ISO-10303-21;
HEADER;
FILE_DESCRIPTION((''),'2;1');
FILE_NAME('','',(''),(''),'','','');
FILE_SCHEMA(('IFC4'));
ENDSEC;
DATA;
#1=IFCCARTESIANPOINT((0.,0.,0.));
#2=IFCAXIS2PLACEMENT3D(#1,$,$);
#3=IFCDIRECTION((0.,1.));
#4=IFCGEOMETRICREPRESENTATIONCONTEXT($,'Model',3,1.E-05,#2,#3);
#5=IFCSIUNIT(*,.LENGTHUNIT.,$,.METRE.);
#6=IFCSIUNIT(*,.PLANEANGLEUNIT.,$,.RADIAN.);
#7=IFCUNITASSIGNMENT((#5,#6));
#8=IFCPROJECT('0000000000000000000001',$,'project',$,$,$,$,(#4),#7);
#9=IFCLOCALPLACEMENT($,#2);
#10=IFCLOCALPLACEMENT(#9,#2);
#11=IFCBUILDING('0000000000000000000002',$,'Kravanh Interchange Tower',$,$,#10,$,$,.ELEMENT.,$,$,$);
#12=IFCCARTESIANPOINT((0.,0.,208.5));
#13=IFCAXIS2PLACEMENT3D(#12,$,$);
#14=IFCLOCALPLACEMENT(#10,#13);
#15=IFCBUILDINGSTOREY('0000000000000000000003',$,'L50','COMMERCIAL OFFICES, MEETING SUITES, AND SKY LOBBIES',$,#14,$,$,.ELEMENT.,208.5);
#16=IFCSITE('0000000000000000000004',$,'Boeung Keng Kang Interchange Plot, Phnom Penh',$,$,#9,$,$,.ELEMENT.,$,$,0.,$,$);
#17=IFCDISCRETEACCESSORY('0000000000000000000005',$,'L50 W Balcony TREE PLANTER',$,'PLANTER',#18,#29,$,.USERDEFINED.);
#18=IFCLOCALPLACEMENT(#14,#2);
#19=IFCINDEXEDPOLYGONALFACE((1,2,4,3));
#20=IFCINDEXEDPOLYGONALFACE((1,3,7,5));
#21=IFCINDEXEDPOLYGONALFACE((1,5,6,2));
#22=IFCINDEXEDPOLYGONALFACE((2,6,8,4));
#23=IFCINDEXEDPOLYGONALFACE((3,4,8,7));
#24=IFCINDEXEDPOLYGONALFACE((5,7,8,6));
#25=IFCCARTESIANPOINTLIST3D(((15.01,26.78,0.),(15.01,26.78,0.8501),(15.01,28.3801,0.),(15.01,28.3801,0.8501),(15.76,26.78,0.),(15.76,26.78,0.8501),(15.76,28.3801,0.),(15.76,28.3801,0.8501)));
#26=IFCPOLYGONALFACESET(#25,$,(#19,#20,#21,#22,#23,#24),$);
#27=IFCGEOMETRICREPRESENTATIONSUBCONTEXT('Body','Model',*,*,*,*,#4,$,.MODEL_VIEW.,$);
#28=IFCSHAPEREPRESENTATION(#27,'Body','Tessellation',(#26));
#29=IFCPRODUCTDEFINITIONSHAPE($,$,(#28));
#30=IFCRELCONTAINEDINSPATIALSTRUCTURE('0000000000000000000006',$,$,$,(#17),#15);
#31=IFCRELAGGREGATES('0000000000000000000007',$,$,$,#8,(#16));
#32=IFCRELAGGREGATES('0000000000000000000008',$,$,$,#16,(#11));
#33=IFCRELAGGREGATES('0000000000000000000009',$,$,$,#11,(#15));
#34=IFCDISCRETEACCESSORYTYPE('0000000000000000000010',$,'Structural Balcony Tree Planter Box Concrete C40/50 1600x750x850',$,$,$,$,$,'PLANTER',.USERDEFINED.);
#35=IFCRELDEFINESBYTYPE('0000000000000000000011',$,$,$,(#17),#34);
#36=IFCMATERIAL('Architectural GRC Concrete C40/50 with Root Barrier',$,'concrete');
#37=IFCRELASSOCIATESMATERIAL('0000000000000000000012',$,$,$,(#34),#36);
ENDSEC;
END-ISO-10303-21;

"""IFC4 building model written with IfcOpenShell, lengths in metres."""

from ifc_helpers import new_model, si_unit, direction, frame, origin, origin_2d, place, context, subcontext, project, spatial, rectangle, extrude, material, type_object, element, save


model = new_model("IFC4")

# Units and contexts
model_context = context("Model", 3, precision=1e-05, world=origin(), true_north=direction((0.0, 1.0)))
body_context = subcontext(model_context, "Body", "Model", "MODEL_VIEW")
ifc_project = project(units=[si_unit("LENGTHUNIT", "METRE"), si_unit("PLANEANGLEUNIT", "RADIAN")], contexts=[model_context])

# Site, building, storey
site_placement = place(None, origin())
site = spatial("IfcSite", under=ifc_project, at=site_placement, Name="Boeung Keng Kang Interchange Plot, Phnom Penh", CompositionType="ELEMENT", RefElevation=0.0)
building_placement = place(site_placement, origin())
building = spatial("IfcBuilding", under=site, at=building_placement, Name="Kravanh Interchange Tower", CompositionType="ELEMENT")
storey_placement = place(building_placement, frame((0.0, 0.0, 208.5)))
storey = spatial("IfcBuildingStorey", under=building, at=storey_placement, Name="L50", Description="COMMERCIAL OFFICES, MEETING SUITES, AND SKY LOBBIES", CompositionType="ELEMENT", Elevation=208.5)

# Discrete accessory
ifc_material_1 = material(Name="Architectural GRC Concrete C40/50 with Root Barrier", Category="concrete")
discrete_accessory_type = type_object("IfcDiscreteAccessoryType", Name="Structural Balcony Tree Planter Box Concrete C40/50 1600x750x850", ElementType="PLANTER", PredefinedType="USERDEFINED", material=ifc_material_1)
discrete_accessory_placement = place(storey_placement, frame((15.385, 27.5801, 0.0), z_axis=(0.0, 0.0, 1.0), x_axis=(1.0, 0.0, 0.0)))
element("IfcDiscreteAccessory", 1, at=discrete_accessory_placement, inside=storey, type_object=discrete_accessory_type, Name="L50 W Balcony TREE PLANTER", ObjectType="PLANTER", PredefinedType="USERDEFINED", context=body_context, shape_type="SweptSolid", body=[
    extrude(rectangle(XDim=0.75, YDim=1.6001, at=origin_2d()), origin(), (0.0, 0.0, 1.0), 0.8501),
])

save(model, "model.ifc")
